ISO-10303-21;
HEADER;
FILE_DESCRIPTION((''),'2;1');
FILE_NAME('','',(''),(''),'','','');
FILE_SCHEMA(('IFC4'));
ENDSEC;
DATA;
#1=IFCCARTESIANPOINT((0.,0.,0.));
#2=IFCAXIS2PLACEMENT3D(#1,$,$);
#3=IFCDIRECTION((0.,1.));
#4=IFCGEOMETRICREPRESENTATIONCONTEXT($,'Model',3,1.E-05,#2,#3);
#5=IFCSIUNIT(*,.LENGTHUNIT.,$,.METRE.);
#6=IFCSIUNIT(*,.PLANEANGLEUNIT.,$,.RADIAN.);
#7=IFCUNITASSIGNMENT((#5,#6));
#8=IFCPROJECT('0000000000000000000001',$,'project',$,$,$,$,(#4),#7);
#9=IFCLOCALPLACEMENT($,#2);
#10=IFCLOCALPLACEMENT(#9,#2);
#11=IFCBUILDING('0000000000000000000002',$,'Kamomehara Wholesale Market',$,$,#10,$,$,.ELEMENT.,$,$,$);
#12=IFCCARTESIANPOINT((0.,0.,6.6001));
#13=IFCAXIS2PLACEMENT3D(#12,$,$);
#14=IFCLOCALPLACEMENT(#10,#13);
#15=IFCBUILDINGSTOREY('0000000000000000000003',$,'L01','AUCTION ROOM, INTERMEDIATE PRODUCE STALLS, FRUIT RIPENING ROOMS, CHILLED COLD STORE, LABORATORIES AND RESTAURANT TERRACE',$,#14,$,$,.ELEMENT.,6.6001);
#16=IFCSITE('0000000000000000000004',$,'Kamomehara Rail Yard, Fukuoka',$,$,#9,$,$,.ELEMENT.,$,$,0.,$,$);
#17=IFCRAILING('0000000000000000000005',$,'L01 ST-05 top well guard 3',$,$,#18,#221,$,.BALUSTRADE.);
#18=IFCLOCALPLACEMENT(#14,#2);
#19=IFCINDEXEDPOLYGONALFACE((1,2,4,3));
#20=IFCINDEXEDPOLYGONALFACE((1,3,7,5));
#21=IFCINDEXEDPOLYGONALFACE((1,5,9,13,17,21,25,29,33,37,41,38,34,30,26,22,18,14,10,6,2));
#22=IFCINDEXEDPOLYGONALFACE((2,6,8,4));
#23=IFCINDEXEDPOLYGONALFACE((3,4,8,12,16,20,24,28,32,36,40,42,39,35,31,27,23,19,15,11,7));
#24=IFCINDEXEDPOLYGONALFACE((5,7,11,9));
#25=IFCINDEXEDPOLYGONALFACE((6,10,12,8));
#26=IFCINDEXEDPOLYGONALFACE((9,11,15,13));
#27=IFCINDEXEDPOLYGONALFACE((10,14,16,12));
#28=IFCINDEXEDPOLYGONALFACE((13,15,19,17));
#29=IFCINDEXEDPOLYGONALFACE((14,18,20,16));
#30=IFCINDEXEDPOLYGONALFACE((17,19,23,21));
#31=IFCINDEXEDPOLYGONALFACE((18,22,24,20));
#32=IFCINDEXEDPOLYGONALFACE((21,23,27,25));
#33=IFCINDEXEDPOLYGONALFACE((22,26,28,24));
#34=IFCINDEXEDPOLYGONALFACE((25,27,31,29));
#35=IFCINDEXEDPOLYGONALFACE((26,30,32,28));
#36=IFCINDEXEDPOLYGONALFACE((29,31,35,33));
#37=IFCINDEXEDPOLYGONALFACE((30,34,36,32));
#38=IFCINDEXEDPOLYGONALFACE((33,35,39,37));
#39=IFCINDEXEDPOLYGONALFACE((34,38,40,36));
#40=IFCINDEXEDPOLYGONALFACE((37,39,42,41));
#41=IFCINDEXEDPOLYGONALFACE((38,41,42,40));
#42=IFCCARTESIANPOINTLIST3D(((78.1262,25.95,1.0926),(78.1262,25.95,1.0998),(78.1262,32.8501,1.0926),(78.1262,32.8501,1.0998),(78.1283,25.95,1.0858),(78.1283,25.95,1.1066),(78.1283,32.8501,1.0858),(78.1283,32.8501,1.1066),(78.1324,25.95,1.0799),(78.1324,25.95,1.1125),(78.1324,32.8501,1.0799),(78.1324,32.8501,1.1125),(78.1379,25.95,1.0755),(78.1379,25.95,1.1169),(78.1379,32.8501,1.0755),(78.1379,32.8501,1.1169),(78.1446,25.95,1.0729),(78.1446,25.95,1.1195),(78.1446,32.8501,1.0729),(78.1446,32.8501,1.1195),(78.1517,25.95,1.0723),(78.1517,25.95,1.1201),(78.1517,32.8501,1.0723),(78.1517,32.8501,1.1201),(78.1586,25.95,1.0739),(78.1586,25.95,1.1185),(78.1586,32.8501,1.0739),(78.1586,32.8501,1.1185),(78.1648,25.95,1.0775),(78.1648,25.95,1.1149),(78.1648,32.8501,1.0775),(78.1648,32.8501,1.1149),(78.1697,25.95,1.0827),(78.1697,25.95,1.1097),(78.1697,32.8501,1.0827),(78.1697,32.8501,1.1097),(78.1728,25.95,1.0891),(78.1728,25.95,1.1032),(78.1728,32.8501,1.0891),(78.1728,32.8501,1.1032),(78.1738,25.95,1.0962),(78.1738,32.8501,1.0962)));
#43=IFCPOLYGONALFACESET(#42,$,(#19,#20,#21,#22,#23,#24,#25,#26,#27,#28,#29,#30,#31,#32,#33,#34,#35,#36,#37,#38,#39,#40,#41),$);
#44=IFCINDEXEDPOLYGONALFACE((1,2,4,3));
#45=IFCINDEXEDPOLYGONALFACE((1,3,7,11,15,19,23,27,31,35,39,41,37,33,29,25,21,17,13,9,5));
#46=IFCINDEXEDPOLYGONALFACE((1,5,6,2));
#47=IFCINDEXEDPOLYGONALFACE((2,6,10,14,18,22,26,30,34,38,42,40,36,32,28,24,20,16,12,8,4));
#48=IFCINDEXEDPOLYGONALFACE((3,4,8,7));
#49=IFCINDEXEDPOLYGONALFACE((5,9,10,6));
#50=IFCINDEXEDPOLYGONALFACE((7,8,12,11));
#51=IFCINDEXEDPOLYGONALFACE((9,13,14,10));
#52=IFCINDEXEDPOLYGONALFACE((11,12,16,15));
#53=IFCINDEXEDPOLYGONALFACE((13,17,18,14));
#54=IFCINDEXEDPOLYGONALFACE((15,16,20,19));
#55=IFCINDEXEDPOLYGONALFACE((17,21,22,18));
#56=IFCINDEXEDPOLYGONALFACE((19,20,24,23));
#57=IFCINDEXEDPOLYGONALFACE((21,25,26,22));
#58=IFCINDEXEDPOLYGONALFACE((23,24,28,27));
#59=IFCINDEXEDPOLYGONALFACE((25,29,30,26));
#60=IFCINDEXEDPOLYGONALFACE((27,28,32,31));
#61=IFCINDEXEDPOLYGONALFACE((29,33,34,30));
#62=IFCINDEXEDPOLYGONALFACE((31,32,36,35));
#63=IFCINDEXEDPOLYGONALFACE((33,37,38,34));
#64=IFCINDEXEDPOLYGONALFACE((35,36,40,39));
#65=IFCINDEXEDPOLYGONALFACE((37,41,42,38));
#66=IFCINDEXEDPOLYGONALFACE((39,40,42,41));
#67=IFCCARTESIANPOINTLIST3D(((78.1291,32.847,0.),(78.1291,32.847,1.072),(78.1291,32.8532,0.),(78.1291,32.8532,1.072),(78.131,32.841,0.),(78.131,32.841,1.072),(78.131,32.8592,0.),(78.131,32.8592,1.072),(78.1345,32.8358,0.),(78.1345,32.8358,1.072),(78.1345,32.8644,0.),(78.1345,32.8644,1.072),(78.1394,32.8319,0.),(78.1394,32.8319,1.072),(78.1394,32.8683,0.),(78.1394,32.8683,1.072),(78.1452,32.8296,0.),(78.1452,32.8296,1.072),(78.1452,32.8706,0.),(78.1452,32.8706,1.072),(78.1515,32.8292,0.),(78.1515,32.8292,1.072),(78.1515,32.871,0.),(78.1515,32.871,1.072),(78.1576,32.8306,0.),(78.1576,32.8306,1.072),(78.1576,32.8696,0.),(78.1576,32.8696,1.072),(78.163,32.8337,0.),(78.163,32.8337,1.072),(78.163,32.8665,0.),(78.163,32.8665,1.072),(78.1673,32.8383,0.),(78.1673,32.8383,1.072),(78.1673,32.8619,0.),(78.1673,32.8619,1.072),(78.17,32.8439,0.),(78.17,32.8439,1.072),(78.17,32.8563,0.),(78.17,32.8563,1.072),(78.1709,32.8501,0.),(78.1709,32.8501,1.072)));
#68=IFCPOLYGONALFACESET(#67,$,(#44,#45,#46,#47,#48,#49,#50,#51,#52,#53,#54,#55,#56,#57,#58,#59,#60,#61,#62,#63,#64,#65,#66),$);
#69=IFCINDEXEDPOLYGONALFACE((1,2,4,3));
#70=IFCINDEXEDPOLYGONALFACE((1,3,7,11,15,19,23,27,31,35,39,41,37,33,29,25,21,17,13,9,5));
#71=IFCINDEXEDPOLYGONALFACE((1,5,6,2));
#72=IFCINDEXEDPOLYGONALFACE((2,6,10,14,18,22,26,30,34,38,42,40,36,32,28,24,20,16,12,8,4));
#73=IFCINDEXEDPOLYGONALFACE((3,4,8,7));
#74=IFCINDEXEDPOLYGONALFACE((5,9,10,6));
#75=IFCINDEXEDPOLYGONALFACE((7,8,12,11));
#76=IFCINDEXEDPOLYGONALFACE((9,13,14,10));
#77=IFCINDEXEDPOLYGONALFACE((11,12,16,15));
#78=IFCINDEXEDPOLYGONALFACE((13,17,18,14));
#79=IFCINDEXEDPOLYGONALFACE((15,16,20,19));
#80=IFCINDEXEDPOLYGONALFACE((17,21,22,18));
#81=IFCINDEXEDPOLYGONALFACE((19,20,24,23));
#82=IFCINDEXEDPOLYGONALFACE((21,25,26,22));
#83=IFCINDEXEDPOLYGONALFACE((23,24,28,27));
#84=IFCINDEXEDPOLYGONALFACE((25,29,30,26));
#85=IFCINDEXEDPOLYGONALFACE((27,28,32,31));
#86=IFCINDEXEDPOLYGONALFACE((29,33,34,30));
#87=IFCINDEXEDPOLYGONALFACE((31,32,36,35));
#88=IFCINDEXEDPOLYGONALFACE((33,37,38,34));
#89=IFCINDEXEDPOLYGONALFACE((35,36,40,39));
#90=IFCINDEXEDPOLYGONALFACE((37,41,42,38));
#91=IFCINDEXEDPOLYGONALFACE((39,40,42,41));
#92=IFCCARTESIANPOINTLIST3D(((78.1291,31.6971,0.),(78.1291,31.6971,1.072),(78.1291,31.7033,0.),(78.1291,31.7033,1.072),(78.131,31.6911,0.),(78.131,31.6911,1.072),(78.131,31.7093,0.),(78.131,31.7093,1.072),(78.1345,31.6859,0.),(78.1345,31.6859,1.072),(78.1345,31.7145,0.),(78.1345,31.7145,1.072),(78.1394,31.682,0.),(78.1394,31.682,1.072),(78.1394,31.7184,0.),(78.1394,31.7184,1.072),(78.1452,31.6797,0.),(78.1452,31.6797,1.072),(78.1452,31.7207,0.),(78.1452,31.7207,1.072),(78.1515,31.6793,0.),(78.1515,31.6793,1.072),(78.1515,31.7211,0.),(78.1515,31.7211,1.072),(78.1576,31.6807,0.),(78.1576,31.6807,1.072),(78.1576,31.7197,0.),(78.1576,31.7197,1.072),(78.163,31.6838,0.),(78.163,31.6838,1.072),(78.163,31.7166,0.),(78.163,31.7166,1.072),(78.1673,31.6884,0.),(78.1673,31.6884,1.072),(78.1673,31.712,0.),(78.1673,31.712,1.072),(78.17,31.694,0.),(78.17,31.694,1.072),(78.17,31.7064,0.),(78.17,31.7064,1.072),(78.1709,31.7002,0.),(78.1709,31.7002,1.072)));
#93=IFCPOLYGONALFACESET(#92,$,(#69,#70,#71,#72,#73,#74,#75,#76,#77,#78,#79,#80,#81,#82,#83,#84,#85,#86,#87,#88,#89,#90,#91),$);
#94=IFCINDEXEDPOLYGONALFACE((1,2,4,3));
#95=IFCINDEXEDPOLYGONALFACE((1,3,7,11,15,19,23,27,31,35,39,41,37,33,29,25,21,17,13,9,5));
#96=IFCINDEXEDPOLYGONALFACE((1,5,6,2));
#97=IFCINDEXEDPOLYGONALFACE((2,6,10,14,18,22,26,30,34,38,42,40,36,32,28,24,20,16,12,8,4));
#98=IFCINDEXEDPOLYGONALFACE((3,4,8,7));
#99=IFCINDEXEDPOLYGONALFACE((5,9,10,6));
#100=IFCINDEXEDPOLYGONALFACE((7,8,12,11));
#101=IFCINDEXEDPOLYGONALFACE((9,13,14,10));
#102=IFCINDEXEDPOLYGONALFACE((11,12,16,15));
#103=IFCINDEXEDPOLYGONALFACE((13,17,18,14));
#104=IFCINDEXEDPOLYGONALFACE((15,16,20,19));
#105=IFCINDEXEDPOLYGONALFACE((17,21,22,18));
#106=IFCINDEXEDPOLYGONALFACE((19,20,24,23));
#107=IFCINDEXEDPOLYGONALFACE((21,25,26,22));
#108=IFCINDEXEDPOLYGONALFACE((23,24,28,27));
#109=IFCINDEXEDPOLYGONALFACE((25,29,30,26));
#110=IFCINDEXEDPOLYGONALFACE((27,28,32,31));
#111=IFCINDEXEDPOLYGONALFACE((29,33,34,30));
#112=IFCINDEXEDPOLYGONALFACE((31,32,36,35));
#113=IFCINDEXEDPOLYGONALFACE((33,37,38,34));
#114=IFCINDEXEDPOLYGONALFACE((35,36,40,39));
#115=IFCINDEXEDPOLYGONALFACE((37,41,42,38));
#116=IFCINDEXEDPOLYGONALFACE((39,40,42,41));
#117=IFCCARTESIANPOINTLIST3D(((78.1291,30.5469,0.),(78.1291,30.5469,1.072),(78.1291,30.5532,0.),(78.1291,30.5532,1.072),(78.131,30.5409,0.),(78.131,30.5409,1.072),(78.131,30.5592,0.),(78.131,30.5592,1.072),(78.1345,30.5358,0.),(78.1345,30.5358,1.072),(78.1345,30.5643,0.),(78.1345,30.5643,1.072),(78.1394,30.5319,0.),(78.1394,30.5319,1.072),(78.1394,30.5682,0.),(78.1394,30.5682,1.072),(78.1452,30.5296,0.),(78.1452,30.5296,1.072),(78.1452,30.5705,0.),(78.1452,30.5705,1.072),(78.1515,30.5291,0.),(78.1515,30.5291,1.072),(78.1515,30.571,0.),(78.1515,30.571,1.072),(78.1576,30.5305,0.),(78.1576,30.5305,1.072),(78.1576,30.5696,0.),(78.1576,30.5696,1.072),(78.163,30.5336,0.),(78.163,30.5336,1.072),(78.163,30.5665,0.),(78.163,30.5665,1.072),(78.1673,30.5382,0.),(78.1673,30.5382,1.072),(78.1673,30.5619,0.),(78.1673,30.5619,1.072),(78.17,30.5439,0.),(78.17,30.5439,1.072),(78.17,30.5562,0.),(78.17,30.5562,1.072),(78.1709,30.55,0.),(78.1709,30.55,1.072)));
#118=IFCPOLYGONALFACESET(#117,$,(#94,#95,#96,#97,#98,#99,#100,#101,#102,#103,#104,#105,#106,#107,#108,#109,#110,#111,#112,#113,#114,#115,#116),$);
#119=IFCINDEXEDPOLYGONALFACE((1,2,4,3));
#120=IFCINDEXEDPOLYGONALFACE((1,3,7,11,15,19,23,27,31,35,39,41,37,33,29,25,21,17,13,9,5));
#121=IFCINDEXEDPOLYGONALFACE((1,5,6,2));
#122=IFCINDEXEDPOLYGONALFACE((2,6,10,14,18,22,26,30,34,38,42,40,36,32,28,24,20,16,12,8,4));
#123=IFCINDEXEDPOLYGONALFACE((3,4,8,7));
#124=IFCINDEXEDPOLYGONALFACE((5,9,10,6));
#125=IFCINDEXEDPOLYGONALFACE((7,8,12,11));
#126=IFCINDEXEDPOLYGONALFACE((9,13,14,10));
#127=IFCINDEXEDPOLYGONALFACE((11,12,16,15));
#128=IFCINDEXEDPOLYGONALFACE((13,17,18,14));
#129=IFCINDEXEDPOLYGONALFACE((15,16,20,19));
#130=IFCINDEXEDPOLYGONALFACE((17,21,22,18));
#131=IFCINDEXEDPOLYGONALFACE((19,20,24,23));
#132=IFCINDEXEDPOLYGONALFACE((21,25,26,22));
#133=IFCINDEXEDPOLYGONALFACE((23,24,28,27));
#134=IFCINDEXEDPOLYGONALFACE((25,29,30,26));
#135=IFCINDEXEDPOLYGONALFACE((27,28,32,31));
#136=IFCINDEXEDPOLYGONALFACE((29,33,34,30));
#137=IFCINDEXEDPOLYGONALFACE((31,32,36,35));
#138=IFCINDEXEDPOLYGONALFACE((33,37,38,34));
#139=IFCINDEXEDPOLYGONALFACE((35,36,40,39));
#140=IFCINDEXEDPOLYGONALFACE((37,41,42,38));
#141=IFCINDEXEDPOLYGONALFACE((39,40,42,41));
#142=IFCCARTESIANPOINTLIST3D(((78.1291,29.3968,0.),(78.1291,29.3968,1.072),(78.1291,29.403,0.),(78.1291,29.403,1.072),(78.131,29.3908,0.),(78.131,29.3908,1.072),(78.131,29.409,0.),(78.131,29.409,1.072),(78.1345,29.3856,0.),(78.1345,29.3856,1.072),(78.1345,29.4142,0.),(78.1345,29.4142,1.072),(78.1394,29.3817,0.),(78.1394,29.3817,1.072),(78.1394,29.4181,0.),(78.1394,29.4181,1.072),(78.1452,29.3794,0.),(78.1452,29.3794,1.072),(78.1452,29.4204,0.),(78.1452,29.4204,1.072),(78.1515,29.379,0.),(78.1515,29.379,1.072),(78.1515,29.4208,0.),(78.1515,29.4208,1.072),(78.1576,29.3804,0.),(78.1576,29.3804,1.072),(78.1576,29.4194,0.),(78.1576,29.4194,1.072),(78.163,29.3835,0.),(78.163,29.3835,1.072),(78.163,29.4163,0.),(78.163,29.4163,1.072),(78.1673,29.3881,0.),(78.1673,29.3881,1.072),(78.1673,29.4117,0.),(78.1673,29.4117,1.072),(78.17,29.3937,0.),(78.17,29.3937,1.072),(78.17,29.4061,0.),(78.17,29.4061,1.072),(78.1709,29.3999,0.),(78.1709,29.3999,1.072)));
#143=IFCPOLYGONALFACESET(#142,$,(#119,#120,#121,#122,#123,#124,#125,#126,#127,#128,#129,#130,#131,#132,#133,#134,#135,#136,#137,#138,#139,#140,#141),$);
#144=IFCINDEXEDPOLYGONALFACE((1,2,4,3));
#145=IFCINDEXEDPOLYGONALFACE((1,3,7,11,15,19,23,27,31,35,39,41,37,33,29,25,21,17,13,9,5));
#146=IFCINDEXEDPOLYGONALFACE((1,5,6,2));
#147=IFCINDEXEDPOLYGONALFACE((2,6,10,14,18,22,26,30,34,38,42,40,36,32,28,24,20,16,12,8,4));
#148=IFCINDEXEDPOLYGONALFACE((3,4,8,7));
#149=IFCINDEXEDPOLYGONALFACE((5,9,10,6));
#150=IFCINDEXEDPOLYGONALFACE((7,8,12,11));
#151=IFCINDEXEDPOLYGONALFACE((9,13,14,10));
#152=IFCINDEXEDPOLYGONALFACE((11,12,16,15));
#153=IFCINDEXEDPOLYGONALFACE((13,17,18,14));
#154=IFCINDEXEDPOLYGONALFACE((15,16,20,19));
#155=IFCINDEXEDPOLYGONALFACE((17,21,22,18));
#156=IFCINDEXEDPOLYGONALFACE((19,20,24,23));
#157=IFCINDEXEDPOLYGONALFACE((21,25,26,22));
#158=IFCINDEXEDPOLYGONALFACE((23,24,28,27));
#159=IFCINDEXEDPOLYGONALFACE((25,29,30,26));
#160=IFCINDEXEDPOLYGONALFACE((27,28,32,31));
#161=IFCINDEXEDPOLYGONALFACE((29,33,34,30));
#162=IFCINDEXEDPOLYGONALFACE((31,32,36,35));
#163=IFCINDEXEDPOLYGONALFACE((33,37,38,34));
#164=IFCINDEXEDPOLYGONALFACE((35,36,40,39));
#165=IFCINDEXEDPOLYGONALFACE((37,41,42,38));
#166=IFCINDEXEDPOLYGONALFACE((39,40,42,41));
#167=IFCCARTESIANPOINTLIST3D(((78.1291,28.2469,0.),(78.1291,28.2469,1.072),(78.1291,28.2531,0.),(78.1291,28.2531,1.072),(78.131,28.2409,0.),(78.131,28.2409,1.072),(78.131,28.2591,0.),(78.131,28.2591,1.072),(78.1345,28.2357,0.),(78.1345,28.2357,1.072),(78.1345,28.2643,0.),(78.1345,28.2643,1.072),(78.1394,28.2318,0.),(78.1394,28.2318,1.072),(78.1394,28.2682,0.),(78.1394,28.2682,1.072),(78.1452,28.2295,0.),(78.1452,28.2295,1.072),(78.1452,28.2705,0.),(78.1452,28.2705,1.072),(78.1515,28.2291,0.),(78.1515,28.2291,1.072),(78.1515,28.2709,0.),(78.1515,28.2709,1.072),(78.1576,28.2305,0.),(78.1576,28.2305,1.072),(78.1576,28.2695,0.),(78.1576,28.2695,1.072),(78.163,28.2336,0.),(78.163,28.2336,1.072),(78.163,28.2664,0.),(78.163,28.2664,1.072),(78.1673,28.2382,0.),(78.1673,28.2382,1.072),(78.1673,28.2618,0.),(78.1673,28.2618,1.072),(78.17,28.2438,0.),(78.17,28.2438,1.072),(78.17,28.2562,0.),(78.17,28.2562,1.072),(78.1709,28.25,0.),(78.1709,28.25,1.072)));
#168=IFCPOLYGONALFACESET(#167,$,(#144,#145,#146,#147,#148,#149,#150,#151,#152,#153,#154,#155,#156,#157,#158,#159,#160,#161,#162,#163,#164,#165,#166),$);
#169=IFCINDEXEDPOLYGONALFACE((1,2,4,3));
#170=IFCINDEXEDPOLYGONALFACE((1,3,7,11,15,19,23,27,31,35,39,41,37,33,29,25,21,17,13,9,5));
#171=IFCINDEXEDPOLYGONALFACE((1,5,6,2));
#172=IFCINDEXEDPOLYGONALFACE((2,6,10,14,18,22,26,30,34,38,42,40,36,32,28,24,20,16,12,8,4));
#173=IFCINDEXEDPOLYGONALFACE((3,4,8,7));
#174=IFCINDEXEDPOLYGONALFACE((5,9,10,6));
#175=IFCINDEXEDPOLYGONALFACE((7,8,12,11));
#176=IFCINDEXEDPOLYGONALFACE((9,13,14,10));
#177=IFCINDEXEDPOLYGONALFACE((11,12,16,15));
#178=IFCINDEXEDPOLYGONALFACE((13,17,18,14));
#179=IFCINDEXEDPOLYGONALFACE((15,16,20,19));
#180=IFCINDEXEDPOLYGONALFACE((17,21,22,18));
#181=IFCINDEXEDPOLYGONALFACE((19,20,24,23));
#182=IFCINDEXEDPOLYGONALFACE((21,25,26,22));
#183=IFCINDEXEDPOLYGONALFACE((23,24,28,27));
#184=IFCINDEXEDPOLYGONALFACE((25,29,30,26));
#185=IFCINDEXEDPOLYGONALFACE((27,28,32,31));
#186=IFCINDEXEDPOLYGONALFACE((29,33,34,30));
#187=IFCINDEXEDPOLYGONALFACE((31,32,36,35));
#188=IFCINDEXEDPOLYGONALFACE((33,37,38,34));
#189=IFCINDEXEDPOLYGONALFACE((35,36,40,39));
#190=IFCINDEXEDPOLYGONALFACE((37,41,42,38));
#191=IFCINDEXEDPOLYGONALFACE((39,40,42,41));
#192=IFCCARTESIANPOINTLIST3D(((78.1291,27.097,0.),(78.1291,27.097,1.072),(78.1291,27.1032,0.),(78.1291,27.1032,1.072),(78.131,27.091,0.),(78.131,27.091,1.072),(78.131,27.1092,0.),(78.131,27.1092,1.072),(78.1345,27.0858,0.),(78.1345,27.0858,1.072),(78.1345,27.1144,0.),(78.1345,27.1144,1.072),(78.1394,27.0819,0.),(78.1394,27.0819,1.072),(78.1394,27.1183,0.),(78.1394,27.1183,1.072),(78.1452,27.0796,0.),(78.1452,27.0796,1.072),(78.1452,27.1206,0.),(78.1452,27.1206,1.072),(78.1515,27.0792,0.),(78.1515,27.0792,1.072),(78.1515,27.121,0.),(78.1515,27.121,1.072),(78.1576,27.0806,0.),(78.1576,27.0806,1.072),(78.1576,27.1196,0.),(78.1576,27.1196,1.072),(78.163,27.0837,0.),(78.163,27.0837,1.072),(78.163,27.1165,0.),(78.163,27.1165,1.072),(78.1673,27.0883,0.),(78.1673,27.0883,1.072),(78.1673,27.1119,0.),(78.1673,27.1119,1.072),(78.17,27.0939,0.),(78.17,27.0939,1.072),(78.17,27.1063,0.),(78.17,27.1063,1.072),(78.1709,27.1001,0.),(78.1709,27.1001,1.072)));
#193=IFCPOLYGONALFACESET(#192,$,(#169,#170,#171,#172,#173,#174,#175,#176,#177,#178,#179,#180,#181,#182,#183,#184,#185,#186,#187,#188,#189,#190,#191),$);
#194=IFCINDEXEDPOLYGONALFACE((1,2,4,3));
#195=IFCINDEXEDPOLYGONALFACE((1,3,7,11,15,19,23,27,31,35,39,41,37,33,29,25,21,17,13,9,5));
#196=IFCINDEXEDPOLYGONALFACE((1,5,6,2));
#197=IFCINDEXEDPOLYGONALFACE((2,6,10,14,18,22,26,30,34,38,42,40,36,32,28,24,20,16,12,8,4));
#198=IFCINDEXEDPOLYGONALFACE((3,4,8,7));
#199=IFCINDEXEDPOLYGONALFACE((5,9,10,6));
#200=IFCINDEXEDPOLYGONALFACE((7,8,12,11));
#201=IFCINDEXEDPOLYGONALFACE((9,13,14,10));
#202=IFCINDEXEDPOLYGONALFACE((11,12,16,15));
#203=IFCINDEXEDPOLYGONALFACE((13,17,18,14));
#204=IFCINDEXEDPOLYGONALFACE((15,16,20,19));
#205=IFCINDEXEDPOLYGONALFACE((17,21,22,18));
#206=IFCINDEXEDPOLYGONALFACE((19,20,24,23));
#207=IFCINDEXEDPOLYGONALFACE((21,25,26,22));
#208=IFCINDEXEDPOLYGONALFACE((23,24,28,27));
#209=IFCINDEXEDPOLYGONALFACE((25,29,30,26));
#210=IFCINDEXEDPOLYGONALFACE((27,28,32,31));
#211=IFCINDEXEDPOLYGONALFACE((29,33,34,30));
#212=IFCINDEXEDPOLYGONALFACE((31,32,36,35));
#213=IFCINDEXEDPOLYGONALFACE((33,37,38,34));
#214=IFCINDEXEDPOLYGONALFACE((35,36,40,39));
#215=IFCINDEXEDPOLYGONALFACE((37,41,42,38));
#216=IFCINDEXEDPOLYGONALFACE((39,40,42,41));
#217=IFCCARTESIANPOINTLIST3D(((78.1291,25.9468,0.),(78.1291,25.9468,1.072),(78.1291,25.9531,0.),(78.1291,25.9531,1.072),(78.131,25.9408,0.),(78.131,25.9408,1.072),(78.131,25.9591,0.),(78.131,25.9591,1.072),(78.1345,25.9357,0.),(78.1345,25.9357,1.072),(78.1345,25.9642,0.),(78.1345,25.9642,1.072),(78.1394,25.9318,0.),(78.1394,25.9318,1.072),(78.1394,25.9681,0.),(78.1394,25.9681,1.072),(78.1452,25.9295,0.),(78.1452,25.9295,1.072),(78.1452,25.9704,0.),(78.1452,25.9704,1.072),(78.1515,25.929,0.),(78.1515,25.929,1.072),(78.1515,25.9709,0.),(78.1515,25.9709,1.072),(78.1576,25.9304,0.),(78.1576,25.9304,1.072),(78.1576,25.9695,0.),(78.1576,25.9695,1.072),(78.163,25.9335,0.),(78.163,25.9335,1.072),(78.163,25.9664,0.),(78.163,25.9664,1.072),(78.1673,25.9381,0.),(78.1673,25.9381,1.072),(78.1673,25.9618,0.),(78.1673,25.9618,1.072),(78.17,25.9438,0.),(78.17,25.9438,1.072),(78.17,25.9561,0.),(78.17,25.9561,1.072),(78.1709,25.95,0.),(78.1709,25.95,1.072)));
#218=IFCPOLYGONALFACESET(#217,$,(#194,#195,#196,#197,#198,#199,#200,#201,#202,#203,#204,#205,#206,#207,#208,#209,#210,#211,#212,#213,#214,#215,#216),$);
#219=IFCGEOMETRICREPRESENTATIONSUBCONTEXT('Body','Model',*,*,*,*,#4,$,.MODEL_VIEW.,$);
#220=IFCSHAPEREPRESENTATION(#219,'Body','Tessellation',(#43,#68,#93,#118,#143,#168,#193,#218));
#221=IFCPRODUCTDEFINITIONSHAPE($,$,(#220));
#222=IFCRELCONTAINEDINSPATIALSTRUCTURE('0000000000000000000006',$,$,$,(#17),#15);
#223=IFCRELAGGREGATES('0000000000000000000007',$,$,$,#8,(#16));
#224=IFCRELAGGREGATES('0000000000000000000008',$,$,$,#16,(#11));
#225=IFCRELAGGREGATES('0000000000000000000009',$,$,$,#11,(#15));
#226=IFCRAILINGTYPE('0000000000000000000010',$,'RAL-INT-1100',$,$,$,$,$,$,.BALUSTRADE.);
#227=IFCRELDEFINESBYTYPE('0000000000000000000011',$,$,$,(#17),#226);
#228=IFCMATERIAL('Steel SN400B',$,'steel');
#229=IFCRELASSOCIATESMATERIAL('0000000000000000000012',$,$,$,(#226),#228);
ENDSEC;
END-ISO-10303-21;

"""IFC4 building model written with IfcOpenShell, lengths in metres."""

from ifc_helpers import new_model, si_unit, direction, frame, origin, origin_2d, place, context, subcontext, project, spatial, circle, extrude, material, type_object, element, save


model = new_model("IFC4")

# Units and contexts
model_context = context("Model", 3, precision=1e-05, world=origin(), true_north=direction((0.0, 1.0)))
body_context = subcontext(model_context, "Body", "Model", "MODEL_VIEW")
ifc_project = project(units=[si_unit("LENGTHUNIT", "METRE"), si_unit("PLANEANGLEUNIT", "RADIAN")], contexts=[model_context])

# Site, building, storey
site_placement = place(None, origin())
site = spatial("IfcSite", under=ifc_project, at=site_placement, Name="Kamomehara Rail Yard, Fukuoka", CompositionType="ELEMENT", RefElevation=0.0)
building_placement = place(site_placement, origin())
building = spatial("IfcBuilding", under=site, at=building_placement, Name="Kamomehara Wholesale Market", CompositionType="ELEMENT")
storey_placement = place(building_placement, frame((0.0, 0.0, 6.6001)))
storey = spatial("IfcBuildingStorey", under=building, at=storey_placement, Name="L01", Description="AUCTION ROOM, INTERMEDIATE PRODUCE STALLS, FRUIT RIPENING ROOMS, CHILLED COLD STORE, LABORATORIES AND RESTAURANT TERRACE", CompositionType="ELEMENT", Elevation=6.6001)

# Railing
ifc_material_1 = material(Name="Steel SN400B", Category="steel")
railing_type = type_object("IfcRailingType", Name="RAL-INT-1100", PredefinedType="BALUSTRADE", material=ifc_material_1)
railing_1_placement = place(storey_placement, frame((78.1499, 32.8501, 0.0)))
element("IfcRailing", 1, at=railing_1_placement, inside=storey, type_object=railing_type, Name="L01 ST-05 top well guard 3", PredefinedType="BALUSTRADE", context=body_context, shape_type="SweptSolid", body=[
    extrude(circle(Radius=0.0239, at=origin_2d()), frame((0.0, 0.0, 1.0962), z_axis=(0.0, -1.0, 0.0), x_axis=(1.0, 0.0, 0.0)), (0.0, 0.0, 1.0), 6.9001),
    extrude(circle(Radius=0.021, at=origin_2d()), origin(), (0.0, 0.0, 1.0), 1.072),
    extrude(circle(Radius=0.021, at=origin_2d()), frame((0.0, -1.1499, 0.0)), (0.0, 0.0, 1.0), 1.072),
    extrude(circle(Radius=0.021, at=origin_2d()), frame((0.0, -2.3, 0.0)), (0.0, 0.0, 1.0), 1.072),
    extrude(circle(Radius=0.021, at=origin_2d()), frame((0.0, -3.4502, 0.0)), (0.0, 0.0, 1.0), 1.072),
    extrude(circle(Radius=0.021, at=origin_2d()), frame((0.0, -4.6001, 0.0)), (0.0, 0.0, 1.0), 1.072),
    extrude(circle(Radius=0.021, at=origin_2d()), frame((0.0, -5.75, 0.0)), (0.0, 0.0, 1.0), 1.072),
    extrude(circle(Radius=0.021, at=origin_2d()), frame((0.0, -6.9001, 0.0)), (0.0, 0.0, 1.0), 1.072),
])

save(model, "model.ifc")
